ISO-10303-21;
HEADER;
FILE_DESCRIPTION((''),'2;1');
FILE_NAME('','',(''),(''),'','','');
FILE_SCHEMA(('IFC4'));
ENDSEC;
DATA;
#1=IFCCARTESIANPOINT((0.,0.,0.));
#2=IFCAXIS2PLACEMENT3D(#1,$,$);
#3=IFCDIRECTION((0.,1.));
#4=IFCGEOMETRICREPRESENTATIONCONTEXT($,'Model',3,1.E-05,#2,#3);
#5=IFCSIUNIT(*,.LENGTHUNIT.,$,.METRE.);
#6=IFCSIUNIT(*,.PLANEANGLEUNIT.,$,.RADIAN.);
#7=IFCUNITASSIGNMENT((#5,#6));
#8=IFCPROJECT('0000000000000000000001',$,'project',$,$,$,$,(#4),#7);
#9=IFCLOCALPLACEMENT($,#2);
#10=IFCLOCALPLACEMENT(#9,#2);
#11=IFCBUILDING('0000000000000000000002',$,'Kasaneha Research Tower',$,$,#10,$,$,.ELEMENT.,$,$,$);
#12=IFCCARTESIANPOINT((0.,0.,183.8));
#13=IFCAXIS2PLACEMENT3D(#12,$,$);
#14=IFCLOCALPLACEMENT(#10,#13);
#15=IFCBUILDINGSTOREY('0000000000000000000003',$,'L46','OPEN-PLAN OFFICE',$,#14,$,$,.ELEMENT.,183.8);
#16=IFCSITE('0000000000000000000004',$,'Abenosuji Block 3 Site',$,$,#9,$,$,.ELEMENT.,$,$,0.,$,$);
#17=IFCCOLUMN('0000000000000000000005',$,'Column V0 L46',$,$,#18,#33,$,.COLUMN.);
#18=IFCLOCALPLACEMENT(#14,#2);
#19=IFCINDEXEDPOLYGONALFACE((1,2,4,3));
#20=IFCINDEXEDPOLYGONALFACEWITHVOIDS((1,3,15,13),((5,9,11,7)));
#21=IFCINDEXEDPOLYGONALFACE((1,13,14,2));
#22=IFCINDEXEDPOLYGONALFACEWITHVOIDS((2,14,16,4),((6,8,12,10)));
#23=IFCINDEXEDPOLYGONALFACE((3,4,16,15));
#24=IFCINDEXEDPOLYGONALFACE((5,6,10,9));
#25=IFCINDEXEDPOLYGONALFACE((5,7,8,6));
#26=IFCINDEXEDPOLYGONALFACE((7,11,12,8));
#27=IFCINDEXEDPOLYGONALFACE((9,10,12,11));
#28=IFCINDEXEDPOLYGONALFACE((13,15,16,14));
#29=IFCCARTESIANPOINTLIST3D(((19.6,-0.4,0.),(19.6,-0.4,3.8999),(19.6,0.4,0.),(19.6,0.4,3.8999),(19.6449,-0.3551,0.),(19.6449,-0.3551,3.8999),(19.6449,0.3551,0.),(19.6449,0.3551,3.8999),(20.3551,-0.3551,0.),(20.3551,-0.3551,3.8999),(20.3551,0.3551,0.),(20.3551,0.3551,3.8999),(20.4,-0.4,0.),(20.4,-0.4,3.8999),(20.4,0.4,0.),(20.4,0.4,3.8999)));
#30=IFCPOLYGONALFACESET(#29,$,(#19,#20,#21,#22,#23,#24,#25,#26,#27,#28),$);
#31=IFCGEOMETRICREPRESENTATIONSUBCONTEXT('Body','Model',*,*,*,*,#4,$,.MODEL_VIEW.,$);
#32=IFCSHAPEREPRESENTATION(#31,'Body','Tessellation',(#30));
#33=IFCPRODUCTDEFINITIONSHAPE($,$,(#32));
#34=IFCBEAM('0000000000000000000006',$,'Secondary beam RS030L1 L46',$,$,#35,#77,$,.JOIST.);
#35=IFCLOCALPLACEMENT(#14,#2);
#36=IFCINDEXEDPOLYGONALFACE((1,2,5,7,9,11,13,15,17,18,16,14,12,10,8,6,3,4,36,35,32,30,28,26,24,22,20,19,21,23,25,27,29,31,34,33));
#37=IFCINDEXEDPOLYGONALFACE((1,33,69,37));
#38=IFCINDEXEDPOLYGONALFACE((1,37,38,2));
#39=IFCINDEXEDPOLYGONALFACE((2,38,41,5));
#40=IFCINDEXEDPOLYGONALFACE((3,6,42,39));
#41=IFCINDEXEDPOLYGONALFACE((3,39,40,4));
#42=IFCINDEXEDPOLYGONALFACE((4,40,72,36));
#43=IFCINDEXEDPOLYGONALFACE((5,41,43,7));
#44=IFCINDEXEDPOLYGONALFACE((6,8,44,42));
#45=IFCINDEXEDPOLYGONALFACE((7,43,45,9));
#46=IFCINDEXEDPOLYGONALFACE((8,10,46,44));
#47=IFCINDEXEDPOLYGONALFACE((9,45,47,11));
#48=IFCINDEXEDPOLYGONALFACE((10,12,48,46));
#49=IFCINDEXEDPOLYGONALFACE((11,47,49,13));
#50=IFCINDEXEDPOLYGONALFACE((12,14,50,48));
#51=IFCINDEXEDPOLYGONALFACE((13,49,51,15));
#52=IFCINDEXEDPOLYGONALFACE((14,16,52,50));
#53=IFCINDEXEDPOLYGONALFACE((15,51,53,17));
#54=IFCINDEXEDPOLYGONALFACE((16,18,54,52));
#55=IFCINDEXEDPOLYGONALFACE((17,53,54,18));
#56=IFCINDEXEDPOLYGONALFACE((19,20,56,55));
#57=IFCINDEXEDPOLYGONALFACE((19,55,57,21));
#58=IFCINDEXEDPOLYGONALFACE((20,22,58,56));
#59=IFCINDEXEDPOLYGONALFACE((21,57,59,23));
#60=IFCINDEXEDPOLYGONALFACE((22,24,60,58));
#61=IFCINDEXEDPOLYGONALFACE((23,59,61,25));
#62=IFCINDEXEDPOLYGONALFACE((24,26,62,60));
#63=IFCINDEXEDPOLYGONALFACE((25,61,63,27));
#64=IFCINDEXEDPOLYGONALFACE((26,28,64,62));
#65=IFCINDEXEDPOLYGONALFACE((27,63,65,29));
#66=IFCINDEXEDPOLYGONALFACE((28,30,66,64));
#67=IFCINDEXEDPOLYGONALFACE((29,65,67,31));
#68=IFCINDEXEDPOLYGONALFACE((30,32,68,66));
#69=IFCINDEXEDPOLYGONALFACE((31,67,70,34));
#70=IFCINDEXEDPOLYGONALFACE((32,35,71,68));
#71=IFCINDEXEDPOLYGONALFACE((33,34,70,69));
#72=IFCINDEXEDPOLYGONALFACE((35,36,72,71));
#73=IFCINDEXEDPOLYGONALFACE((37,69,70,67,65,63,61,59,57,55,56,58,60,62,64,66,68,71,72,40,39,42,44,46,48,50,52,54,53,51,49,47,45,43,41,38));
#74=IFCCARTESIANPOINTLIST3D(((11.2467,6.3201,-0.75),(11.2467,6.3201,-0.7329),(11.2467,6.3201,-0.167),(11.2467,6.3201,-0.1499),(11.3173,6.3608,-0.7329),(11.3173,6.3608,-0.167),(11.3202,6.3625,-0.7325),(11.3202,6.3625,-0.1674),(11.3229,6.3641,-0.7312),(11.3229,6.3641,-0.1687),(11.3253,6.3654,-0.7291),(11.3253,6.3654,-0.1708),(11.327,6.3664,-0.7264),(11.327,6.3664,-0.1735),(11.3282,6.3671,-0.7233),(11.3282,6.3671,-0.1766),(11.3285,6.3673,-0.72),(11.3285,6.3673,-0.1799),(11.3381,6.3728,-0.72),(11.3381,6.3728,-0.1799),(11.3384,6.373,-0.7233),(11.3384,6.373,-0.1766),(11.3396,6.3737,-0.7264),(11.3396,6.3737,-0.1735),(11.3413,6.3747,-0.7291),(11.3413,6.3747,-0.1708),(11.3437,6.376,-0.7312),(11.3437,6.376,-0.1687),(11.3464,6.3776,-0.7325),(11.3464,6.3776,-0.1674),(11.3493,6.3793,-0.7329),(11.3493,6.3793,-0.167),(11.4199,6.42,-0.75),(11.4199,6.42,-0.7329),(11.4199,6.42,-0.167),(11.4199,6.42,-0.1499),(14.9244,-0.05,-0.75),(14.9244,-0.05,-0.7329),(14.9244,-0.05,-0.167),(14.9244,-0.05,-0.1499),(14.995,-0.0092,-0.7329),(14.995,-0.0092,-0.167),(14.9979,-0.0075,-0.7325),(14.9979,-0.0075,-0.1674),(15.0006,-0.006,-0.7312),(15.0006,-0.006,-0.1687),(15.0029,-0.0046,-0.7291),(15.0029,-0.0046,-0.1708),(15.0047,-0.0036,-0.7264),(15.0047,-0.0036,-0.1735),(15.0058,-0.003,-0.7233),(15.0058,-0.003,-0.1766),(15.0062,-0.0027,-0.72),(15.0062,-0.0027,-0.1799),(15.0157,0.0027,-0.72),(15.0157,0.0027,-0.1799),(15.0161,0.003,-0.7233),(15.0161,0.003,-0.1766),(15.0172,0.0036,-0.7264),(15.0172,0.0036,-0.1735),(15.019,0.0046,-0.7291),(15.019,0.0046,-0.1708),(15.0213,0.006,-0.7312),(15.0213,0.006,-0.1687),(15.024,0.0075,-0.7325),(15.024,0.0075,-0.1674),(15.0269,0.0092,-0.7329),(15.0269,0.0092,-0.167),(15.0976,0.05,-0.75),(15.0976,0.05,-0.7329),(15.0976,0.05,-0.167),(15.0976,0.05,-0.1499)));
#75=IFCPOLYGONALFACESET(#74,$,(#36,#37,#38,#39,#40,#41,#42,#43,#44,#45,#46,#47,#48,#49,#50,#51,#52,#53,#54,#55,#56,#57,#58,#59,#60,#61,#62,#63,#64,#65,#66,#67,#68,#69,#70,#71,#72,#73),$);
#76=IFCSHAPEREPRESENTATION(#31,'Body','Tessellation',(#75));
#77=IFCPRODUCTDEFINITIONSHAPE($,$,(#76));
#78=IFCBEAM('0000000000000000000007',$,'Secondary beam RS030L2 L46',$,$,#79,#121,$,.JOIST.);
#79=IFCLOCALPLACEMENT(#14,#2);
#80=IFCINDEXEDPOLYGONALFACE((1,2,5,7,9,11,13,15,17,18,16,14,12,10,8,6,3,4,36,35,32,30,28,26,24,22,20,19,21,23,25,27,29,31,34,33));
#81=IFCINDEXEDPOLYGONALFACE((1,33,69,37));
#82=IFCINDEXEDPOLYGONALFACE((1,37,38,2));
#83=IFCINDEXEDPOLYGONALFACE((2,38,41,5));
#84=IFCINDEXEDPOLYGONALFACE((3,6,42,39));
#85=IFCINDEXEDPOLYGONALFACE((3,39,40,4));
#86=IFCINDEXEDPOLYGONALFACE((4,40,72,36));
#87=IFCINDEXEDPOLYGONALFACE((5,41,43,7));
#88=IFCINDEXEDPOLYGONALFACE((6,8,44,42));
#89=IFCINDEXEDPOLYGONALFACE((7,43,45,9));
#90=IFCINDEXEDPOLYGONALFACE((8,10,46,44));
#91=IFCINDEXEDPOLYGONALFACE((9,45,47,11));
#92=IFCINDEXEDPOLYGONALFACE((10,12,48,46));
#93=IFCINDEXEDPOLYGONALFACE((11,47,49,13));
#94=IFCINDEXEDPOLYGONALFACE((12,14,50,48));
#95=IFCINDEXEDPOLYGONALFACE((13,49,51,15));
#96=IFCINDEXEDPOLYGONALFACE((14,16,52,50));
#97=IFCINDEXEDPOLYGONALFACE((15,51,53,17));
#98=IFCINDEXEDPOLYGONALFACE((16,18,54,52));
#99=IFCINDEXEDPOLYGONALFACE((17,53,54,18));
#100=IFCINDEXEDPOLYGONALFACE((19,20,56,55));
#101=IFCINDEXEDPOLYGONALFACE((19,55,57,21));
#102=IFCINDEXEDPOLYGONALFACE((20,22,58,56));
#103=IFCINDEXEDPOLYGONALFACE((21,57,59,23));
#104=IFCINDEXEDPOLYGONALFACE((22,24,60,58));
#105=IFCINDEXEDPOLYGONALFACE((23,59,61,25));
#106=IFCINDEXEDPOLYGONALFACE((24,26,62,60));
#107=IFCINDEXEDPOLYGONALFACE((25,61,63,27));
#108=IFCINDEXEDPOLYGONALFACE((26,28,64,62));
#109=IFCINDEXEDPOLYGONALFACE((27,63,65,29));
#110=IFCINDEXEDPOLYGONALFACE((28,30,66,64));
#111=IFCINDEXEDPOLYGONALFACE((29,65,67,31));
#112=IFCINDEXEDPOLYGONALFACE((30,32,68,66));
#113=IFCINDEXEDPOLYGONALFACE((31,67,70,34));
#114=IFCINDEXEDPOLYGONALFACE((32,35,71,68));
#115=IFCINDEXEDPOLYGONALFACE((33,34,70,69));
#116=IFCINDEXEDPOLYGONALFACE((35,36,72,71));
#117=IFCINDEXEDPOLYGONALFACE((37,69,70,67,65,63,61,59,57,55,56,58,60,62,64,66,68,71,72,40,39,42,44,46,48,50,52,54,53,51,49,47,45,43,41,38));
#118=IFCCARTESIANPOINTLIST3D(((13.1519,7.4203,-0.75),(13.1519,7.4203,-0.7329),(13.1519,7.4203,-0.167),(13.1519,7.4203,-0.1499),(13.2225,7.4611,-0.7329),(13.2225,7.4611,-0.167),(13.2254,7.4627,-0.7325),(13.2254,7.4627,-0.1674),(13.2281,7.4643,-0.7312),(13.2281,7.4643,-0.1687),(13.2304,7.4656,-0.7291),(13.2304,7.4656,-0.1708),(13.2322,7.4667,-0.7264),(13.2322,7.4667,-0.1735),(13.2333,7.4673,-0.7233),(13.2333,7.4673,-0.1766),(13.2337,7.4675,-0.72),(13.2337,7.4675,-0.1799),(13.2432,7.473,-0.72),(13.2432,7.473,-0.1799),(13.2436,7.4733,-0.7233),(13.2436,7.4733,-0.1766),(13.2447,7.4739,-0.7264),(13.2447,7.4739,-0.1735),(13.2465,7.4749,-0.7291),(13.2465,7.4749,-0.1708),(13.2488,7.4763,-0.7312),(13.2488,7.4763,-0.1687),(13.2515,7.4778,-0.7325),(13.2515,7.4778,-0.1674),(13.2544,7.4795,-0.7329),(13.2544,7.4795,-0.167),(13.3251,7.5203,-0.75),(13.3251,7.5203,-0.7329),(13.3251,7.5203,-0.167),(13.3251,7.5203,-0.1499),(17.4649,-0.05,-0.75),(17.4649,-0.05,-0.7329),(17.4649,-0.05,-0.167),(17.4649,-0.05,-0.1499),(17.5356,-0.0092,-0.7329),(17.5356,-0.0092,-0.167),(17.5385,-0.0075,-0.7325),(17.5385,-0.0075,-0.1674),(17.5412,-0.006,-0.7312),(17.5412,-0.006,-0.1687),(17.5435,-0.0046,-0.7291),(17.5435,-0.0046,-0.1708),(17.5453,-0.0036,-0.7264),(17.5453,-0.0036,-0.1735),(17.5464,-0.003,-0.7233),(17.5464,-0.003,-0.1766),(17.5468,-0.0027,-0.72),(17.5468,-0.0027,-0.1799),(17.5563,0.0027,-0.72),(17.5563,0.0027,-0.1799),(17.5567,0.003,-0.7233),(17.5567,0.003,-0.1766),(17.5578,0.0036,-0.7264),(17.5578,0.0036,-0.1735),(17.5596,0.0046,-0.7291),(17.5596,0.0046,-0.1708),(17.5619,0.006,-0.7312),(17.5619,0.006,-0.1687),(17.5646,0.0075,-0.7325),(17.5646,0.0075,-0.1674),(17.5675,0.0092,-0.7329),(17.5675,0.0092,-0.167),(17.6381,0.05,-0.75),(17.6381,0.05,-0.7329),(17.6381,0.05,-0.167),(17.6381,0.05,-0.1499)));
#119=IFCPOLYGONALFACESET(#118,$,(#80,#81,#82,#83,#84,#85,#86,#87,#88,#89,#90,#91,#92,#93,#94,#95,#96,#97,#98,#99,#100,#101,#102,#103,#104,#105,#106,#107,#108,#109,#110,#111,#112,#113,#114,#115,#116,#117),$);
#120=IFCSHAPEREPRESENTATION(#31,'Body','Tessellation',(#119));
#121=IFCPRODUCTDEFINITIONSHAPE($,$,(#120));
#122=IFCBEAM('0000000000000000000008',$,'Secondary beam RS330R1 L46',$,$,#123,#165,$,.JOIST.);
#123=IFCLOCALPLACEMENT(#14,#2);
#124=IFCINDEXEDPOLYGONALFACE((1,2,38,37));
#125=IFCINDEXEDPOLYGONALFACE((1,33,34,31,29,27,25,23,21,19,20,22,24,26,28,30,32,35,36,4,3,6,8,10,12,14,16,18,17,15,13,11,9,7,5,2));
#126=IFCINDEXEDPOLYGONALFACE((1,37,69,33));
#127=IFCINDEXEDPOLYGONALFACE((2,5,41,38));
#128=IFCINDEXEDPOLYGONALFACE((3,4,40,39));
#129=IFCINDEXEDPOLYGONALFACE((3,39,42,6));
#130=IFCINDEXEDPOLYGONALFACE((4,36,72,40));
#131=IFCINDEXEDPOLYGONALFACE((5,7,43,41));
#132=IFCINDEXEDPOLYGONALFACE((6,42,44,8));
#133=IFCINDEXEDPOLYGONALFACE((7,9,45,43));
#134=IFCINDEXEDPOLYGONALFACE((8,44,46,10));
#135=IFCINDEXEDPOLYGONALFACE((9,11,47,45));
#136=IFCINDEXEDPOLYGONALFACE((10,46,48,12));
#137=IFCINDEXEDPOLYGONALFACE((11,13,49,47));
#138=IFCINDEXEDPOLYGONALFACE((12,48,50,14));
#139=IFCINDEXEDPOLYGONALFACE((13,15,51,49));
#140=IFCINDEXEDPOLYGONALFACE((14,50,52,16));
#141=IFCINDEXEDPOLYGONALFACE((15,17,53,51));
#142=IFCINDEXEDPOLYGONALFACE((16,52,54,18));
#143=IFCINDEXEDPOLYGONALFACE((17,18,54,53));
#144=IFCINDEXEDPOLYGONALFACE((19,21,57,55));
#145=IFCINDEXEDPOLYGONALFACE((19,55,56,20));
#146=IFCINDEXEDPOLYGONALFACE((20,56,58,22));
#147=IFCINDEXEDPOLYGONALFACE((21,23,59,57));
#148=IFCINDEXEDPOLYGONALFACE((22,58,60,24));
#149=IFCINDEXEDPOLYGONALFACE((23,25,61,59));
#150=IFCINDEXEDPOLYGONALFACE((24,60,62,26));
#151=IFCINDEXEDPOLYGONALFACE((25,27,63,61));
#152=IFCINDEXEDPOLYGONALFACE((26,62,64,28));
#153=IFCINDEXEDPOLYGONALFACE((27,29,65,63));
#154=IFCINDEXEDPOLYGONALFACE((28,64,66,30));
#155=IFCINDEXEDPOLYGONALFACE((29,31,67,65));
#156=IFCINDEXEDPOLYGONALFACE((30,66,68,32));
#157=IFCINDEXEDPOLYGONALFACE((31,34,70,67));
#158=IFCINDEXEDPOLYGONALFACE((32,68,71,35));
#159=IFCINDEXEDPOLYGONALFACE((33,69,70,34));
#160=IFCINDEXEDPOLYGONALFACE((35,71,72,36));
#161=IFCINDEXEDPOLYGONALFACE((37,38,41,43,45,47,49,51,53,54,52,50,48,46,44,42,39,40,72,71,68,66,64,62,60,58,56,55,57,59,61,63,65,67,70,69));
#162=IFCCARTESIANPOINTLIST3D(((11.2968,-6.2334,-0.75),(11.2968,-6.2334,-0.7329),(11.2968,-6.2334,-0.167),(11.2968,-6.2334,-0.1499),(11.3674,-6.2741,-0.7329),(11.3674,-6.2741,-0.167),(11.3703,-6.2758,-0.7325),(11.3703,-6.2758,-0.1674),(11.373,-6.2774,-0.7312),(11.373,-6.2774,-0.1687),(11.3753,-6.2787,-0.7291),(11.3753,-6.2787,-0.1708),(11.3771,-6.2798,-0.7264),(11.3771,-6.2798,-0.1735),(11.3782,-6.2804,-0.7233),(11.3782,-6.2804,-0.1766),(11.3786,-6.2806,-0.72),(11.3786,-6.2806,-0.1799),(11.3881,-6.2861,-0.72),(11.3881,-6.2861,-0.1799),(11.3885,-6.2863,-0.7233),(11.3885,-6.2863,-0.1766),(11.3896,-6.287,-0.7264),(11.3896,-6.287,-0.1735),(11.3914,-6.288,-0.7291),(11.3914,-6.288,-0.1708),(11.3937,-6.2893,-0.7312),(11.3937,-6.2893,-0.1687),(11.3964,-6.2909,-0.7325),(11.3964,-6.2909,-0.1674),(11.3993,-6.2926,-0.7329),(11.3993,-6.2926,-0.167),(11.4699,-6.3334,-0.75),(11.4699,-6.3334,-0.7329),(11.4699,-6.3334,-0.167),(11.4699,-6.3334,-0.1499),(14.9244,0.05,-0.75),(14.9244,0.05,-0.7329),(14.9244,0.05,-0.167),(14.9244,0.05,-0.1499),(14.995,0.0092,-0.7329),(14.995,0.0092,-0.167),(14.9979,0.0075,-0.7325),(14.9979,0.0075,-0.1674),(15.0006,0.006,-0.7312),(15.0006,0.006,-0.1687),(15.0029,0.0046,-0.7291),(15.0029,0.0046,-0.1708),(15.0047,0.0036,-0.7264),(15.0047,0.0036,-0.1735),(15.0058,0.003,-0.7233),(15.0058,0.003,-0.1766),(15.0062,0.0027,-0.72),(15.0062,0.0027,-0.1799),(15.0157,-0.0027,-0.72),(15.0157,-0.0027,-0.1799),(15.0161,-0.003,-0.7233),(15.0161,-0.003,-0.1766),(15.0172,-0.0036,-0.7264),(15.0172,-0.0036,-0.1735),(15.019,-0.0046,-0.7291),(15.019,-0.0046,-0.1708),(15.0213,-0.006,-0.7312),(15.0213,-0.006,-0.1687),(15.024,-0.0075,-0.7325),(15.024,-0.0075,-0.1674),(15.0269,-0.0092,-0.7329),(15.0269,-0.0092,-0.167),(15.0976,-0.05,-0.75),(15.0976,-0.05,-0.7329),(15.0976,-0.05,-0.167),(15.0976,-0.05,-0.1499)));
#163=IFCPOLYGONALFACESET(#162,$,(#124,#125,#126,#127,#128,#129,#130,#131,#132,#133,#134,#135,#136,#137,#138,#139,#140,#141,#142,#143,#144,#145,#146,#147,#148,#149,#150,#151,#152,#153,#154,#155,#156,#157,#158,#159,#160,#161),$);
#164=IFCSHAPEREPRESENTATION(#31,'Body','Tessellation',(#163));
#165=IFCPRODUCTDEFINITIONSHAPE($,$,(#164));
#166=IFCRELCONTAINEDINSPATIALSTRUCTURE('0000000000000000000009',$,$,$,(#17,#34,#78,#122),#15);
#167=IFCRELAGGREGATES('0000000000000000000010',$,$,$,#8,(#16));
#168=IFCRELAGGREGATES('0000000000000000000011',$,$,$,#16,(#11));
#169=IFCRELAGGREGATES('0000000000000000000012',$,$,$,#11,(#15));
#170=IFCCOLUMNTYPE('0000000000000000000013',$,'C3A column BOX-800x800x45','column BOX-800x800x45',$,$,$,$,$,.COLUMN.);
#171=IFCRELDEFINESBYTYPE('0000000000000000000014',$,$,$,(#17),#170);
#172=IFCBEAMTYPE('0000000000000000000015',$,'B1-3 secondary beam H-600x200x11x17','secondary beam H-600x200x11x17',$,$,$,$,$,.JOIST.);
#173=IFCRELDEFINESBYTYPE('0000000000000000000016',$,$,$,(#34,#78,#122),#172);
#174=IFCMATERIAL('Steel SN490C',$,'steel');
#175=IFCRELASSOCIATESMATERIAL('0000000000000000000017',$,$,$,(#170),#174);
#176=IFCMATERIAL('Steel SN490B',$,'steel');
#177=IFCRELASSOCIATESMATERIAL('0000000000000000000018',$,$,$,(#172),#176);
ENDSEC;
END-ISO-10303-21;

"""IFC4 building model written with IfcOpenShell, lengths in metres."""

from ifc_helpers import new_model, si_unit, direction, frame, origin, origin_2d, place, context, subcontext, project, spatial, hollow_rectangle, i_section, extrude, material, material_profile, profile_set, type_object, element, save


model = new_model("IFC4")

# Units and contexts
model_context = context("Model", 3, precision=1e-05, world=origin(), true_north=direction((0.0, 1.0)))
body_context = subcontext(model_context, "Body", "Model", "MODEL_VIEW")
ifc_project = project(units=[si_unit("LENGTHUNIT", "METRE"), si_unit("PLANEANGLEUNIT", "RADIAN")], contexts=[model_context])

# Site, building, storey
site_placement = place(None, origin())
site = spatial("IfcSite", under=ifc_project, at=site_placement, Name="Abenosuji Block 3 Site", CompositionType="ELEMENT", RefElevation=0.0)
building_placement = place(site_placement, origin())
building = spatial("IfcBuilding", under=site, at=building_placement, Name="Kasaneha Research Tower", CompositionType="ELEMENT")
storey_placement = place(building_placement, frame((0.0, 0.0, 183.8)))
storey = spatial("IfcBuildingStorey", under=building, at=storey_placement, Name="L46", Description="OPEN-PLAN OFFICE", CompositionType="ELEMENT", Elevation=183.8)

# Column
ifc_material_1 = material(Name="Steel SN490C", Category="steel")
ifc_material_profile_1 = material_profile(ifc_material_1, hollow_rectangle(XDim=0.8, YDim=0.8, WallThickness=0.0449, at=origin_2d()), Name="BOX-800x800x45")
ifc_profile_set_1 = profile_set([ifc_material_profile_1], Name="Steel SN490C")
column_type = type_object("IfcColumnType", Name="C3A column BOX-800x800x45", Description="column BOX-800x800x45", PredefinedType="COLUMN", material=ifc_profile_set_1)
column_placement = place(storey_placement, frame((20.0, 0.0, 0.0), z_axis=(0.0, 0.0, 1.0), x_axis=(1.0, 0.0, 0.0)))
element("IfcColumn", 1, at=column_placement, inside=storey, type_object=column_type, Name="Column V0 L46", PredefinedType="COLUMN", context=body_context, shape_type="SweptSolid", body=[
    extrude(hollow_rectangle(XDim=0.8, YDim=0.8, WallThickness=0.0449, at=origin_2d()), origin(), (0.0, 0.0, 1.0), 3.8999),
])

# Beams
ifc_material_2 = material(Name="Steel SN490B", Category="steel")
ifc_material_profile_2 = material_profile(ifc_material_2, i_section(OverallWidth=0.2, OverallDepth=0.6001, WebThickness=0.011, FlangeThickness=0.0171, FilletRadius=0.0129, at=origin_2d()), Name="H-600x200x11x17")
ifc_profile_set_2 = profile_set([ifc_material_profile_2], Name="Steel SN490B")
beam_type_1 = type_object("IfcBeamType", Name="B1-3 secondary beam H-600x200x11x17", Description="secondary beam H-600x200x11x17", PredefinedType="JOIST", material=ifc_profile_set_2)
beam_1_placement = place(storey_placement, frame((15.011, 0.0, -0.45), z_axis=(-0.499994, 0.866029, 0.0), x_axis=(-0.866029, -0.499994, 0.0)))
element("IfcBeam", 2, at=beam_1_placement, inside=storey, type_object=beam_type_1, Name="Secondary beam RS030L1 L46", PredefinedType="JOIST", context=body_context, shape_type="SweptSolid", body=[
    extrude(i_section(OverallWidth=0.2, OverallDepth=0.6001, WebThickness=0.011, FlangeThickness=0.0171, FilletRadius=0.0129, at=origin_2d()), origin(), (0.0, 0.0, 1.0), 7.3555),
])
beam_2_placement = place(storey_placement, frame((17.5515, 0.0, -0.45), z_axis=(-0.500005, 0.866023, 0.0), x_axis=(-0.866023, -0.500005, 0.0)))
element("IfcBeam", 3, at=beam_2_placement, inside=storey, type_object=beam_type_1, Name="Secondary beam RS030L2 L46", PredefinedType="JOIST", context=body_context, shape_type="SweptSolid", body=[
    extrude(i_section(OverallWidth=0.2, OverallDepth=0.6001, WebThickness=0.011, FlangeThickness=0.0171, FilletRadius=0.0129, at=origin_2d()), origin(), (0.0, 0.0, 1.0), 8.626),
])
beam_3_placement = place(storey_placement, frame((15.011, 0.0, -0.45), z_axis=(-0.499993, -0.866029, 0.0), x_axis=(0.866029, -0.499993, 0.0)))
element("IfcBeam", 4, at=beam_3_placement, inside=storey, type_object=beam_type_1, Name="Secondary beam RS330R1 L46", PredefinedType="JOIST", context=body_context, shape_type="SweptSolid", body=[
    extrude(i_section(OverallWidth=0.2, OverallDepth=0.6001, WebThickness=0.011, FlangeThickness=0.0171, FilletRadius=0.0129, at=origin_2d()), origin(), (0.0, 0.0, 1.0), 7.2554),
])

save(model, "model.ifc")
